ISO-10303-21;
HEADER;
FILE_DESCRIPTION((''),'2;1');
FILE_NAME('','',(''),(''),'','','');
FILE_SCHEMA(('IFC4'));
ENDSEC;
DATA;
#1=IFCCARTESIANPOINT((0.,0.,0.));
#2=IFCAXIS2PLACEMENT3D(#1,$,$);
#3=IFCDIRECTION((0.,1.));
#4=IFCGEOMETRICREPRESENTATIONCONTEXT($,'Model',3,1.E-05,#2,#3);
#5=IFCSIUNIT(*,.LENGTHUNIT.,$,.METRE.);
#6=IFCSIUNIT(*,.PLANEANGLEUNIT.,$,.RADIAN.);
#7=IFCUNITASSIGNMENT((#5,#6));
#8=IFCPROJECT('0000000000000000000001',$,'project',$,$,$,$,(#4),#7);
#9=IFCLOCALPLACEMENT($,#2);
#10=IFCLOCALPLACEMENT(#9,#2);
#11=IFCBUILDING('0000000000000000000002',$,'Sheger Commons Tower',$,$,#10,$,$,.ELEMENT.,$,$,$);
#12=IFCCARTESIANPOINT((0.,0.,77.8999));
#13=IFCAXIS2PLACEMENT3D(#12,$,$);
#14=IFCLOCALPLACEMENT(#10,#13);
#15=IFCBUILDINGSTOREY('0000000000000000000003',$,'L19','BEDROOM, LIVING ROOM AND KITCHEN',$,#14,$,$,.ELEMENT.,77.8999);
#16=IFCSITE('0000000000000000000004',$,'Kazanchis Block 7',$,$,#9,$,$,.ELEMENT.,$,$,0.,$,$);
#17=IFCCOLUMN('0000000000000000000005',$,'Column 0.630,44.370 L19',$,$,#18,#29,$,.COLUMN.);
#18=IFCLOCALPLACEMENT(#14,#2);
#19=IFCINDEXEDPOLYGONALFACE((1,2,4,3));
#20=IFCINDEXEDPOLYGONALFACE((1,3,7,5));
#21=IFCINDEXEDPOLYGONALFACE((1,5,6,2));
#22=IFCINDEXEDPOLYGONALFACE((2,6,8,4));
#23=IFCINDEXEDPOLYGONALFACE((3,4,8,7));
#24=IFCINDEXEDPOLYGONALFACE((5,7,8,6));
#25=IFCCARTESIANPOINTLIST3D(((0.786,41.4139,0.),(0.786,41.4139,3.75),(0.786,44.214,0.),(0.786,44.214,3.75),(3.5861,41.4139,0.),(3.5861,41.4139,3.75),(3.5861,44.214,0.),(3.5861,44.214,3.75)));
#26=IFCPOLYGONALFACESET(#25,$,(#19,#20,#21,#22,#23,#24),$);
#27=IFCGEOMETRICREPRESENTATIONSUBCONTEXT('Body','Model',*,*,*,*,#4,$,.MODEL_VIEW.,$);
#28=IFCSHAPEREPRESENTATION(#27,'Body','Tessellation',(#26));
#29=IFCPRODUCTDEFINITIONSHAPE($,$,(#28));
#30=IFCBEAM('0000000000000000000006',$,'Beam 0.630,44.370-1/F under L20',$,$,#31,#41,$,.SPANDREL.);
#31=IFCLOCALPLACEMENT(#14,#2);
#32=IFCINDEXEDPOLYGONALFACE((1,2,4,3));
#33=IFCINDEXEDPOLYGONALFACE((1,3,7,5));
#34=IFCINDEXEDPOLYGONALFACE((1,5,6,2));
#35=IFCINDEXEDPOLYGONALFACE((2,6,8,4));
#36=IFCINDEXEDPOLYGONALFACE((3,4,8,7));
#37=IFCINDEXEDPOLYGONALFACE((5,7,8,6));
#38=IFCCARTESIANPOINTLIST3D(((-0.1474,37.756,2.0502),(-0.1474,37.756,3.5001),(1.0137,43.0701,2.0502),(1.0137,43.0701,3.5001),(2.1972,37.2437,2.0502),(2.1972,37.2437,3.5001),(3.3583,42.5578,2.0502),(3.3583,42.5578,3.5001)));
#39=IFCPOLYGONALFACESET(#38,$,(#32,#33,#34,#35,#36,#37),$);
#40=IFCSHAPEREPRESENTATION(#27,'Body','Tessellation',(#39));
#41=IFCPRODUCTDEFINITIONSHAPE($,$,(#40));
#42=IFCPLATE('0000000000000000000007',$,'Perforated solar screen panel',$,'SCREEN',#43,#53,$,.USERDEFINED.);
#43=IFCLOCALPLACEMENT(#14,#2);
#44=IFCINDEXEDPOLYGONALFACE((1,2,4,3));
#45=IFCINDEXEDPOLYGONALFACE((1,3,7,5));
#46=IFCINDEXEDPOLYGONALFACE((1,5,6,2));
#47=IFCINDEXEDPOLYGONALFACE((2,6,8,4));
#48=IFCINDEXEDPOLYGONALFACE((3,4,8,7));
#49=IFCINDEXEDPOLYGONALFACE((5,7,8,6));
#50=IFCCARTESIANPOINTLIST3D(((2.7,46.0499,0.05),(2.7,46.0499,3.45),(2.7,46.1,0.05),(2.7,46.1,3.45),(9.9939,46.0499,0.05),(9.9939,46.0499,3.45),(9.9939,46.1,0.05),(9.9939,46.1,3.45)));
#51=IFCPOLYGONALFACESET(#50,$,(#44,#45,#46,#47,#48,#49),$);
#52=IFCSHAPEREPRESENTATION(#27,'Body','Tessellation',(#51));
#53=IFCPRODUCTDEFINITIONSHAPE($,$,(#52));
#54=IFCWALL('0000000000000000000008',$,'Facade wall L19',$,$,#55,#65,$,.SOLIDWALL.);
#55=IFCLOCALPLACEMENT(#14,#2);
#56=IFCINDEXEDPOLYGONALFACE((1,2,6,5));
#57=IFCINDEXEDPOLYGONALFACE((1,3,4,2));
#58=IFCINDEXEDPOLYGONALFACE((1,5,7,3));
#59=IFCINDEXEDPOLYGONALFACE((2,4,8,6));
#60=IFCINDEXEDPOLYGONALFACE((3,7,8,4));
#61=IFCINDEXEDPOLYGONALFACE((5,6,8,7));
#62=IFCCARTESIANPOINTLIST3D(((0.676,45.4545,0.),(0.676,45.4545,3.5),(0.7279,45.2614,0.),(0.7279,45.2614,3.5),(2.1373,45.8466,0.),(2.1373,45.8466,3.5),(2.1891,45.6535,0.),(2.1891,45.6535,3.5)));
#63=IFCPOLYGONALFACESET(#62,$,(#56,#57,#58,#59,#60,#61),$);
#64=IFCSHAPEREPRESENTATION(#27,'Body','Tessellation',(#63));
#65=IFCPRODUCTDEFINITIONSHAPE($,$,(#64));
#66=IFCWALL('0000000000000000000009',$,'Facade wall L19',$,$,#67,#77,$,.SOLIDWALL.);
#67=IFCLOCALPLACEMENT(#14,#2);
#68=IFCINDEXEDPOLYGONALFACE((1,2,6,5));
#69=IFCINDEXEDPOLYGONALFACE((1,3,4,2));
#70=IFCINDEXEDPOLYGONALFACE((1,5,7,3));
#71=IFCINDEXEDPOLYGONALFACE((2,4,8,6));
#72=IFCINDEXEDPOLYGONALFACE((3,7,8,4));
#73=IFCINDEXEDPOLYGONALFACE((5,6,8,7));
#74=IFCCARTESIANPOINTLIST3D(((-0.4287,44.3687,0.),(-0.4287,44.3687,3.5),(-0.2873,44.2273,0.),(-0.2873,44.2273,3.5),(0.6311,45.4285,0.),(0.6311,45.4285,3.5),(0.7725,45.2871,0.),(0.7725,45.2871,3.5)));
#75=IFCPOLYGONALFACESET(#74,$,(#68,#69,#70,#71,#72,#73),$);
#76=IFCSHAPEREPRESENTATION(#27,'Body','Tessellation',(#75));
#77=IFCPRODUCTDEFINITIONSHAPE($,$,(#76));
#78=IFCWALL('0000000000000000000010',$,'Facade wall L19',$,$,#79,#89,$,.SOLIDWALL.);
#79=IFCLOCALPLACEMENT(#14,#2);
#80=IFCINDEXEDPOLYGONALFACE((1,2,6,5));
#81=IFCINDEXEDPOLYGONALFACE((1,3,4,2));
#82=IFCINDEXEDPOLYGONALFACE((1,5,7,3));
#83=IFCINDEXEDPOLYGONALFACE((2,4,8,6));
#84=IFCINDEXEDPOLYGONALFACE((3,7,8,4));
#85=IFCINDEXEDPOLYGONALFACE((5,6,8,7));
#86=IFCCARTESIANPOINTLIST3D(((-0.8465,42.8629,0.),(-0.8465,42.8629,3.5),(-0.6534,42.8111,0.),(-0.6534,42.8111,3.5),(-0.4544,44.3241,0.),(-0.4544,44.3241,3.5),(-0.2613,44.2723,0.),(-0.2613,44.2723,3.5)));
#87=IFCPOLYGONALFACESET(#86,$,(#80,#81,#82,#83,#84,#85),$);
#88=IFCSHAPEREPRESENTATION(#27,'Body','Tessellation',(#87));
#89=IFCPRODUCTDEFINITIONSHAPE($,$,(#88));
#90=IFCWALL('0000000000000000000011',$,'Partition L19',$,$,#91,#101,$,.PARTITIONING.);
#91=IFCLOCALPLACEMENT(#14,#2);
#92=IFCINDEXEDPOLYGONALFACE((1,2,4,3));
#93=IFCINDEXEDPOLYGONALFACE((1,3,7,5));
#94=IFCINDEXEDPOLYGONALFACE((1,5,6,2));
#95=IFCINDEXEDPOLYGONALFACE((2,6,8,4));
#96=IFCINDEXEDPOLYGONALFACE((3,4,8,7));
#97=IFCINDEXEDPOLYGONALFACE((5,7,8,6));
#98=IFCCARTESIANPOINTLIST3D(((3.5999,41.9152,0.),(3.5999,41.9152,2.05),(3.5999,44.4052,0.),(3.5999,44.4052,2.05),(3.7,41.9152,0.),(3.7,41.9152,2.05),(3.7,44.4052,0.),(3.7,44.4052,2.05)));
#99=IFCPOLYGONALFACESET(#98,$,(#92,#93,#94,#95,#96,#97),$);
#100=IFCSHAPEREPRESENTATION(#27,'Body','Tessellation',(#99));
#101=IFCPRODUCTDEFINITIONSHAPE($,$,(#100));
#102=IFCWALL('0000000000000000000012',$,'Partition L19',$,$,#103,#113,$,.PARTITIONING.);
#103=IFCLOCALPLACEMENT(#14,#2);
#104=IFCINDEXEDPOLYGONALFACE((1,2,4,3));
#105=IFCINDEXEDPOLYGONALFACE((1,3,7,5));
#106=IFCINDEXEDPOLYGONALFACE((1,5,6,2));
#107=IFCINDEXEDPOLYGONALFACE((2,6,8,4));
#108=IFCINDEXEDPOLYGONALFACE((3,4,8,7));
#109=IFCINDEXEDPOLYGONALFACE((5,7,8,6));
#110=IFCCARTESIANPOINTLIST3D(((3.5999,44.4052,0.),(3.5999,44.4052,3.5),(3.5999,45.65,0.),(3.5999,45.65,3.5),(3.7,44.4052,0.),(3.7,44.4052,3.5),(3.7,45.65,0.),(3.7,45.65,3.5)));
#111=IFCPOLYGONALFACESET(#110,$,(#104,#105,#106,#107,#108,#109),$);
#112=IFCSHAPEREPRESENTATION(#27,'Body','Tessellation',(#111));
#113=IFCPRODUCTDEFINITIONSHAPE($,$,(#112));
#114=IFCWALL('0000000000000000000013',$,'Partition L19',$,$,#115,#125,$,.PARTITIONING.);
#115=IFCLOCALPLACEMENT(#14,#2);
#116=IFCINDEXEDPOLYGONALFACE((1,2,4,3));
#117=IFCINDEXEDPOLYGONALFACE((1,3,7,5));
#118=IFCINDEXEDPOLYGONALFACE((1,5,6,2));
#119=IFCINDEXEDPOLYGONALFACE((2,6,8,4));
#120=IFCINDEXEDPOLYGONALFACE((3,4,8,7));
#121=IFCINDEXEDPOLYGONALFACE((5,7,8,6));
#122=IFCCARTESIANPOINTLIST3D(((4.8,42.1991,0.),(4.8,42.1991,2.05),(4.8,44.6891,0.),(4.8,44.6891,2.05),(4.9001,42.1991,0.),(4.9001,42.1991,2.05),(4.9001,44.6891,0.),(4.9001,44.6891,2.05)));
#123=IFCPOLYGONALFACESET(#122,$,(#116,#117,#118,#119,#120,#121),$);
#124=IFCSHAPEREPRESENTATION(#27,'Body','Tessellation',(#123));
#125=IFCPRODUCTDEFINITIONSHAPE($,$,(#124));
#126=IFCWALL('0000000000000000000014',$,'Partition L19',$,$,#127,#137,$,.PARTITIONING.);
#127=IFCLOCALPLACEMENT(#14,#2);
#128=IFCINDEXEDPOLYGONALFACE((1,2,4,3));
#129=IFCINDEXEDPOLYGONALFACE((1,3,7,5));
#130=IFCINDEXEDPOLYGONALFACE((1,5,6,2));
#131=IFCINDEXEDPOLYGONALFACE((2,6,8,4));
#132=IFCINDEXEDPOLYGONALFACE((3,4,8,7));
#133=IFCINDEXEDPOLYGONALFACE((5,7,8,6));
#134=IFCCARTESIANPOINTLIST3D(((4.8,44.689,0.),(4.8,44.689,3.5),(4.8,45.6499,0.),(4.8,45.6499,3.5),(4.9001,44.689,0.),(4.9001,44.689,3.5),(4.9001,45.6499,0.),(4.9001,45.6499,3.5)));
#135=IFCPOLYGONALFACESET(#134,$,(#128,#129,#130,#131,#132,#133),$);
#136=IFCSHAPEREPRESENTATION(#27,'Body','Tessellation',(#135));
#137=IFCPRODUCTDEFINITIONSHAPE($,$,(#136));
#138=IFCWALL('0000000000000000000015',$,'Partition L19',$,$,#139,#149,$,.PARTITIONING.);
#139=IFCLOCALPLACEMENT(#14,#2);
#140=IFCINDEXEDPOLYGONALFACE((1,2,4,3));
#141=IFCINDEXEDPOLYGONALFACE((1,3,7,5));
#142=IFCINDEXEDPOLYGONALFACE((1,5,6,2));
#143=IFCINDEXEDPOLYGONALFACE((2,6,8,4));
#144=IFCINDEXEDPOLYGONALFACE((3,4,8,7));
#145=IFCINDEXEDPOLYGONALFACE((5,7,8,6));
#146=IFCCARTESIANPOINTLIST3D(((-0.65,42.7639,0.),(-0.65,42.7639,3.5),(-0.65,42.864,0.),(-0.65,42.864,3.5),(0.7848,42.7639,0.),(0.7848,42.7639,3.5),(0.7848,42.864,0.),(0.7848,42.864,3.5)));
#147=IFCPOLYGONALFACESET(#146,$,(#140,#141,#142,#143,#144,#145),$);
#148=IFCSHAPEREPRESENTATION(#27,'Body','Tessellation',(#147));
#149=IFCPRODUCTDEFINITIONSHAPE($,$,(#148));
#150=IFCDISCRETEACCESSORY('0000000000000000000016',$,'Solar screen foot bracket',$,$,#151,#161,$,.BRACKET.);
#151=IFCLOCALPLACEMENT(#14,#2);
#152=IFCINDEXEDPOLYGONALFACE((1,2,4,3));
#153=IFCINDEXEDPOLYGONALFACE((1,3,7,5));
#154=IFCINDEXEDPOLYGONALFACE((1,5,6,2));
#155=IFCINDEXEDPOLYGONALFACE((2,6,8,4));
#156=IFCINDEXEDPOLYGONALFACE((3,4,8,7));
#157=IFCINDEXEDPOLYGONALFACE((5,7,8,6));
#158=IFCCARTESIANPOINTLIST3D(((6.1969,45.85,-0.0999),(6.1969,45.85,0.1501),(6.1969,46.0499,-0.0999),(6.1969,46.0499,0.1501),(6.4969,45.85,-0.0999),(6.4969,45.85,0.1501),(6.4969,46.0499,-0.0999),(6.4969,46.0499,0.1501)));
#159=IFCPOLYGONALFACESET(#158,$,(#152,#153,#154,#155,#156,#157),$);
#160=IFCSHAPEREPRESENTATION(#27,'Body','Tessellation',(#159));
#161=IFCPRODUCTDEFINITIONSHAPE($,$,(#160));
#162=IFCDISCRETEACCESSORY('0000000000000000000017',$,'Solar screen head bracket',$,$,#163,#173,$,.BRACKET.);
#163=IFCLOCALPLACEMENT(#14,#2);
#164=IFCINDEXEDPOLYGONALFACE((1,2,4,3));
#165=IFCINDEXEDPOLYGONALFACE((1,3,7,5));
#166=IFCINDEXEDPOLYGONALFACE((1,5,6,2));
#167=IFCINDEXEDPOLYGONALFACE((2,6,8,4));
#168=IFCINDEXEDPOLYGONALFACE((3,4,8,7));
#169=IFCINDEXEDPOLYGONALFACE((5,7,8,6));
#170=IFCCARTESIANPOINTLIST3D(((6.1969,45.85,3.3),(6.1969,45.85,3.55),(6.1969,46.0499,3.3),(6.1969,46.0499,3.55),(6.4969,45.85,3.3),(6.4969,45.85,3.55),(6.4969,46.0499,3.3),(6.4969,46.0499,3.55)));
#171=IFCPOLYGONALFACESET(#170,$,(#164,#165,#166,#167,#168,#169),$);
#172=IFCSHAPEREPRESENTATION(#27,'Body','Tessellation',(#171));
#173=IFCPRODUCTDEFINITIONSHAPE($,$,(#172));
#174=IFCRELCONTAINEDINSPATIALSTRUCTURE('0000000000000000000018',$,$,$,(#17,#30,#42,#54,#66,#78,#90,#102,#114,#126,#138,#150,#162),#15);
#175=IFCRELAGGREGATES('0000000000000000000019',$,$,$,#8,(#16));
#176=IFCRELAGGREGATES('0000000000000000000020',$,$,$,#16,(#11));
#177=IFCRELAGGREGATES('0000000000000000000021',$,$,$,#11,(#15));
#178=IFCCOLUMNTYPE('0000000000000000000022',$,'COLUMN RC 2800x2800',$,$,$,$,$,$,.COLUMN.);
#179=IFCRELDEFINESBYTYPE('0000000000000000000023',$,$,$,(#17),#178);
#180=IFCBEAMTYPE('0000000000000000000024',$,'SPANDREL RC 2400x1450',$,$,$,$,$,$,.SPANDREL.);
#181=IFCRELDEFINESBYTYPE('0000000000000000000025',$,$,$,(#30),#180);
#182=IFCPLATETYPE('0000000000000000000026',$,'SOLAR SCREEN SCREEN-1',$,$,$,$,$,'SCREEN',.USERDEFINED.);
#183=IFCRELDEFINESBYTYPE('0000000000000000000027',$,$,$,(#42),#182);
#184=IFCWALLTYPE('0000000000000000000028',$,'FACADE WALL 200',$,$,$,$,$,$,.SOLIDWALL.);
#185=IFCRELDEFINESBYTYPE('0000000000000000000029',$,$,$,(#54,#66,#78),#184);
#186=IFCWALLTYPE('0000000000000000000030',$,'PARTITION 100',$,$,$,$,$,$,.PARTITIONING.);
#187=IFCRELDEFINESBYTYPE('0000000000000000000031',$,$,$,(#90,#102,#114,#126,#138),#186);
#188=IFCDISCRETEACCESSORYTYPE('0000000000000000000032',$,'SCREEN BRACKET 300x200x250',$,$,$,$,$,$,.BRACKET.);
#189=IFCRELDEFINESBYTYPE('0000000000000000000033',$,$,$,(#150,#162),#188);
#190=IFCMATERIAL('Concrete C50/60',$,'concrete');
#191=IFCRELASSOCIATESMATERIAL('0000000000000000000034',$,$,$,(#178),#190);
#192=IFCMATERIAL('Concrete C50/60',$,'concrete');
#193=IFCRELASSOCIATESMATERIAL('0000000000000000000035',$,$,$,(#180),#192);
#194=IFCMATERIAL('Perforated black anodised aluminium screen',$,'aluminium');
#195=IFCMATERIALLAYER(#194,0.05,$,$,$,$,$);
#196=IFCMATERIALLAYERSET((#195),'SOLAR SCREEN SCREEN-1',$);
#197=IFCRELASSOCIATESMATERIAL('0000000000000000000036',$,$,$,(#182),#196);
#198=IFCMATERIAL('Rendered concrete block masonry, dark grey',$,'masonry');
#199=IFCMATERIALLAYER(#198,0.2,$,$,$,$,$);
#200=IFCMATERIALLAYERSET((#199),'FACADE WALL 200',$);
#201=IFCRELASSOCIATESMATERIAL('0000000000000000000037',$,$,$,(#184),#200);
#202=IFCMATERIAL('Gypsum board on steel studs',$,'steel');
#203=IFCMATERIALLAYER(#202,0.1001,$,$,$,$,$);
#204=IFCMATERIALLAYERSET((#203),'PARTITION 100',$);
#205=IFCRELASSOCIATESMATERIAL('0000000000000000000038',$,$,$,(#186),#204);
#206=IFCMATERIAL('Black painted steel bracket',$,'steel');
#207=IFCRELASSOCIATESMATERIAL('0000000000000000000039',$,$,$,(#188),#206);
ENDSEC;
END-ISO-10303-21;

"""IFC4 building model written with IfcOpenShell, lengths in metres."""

from ifc_helpers import new_model, si_unit, direction, frame, frame_2d, origin, origin_2d, place, context, subcontext, project, spatial, rectangle, extrude, material, layer, layer_set, material_profile, profile_set, type_object, element, save


model = new_model("IFC4")

# Units and contexts
model_context = context("Model", 3, precision=1e-05, world=origin(), true_north=direction((0.0, 1.0)))
body_context = subcontext(model_context, "Body", "Model", "MODEL_VIEW")
ifc_project = project(units=[si_unit("LENGTHUNIT", "METRE"), si_unit("PLANEANGLEUNIT", "RADIAN")], contexts=[model_context])

# Site, building, storey
site_placement = place(None, origin())
site = spatial("IfcSite", under=ifc_project, at=site_placement, Name="Kazanchis Block 7", CompositionType="ELEMENT", RefElevation=0.0)
building_placement = place(site_placement, origin())
building = spatial("IfcBuilding", under=site, at=building_placement, Name="Sheger Commons Tower", CompositionType="ELEMENT")
storey_placement = place(building_placement, frame((0.0, 0.0, 77.8999)))
storey = spatial("IfcBuildingStorey", under=building, at=storey_placement, Name="L19", Description="BEDROOM, LIVING ROOM AND KITCHEN", CompositionType="ELEMENT", Elevation=77.8999)

# Column
ifc_material_1 = material(Name="Concrete C50/60", Category="concrete")
ifc_material_profile_1 = material_profile(ifc_material_1, rectangle(XDim=2.8, YDim=2.8, at=origin_2d()), Name="RC 2800x2800")
ifc_profile_set_1 = profile_set([ifc_material_profile_1], Name="Concrete C50/60")
column_type = type_object("IfcColumnType", Name="COLUMN RC 2800x2800", PredefinedType="COLUMN", material=ifc_profile_set_1)
column_placement = place(storey_placement, frame((2.186, 42.814, 0.0), z_axis=(0.0, 0.0, 1.0), x_axis=(1.0, 0.0, 0.0)))
element("IfcColumn", 1, at=column_placement, inside=storey, type_object=column_type, Name="Column 0.630,44.370 L19", PredefinedType="COLUMN", context=body_context, shape_type="SweptSolid", body=[
    extrude(rectangle(XDim=2.8, YDim=2.8, at=origin_2d()), origin(), (0.0, 0.0, 1.0), 3.75),
])

# Beam
ifc_material_2 = material(Name="Concrete C50/60", Category="concrete")
ifc_material_profile_2 = material_profile(ifc_material_2, rectangle(XDim=2.3999, YDim=1.45, at=origin_2d()), Name="RC 2400x1450")
ifc_profile_set_2 = profile_set([ifc_material_profile_2], Name="Concrete C50/60")
beam_type = type_object("IfcBeamType", Name="SPANDREL RC 2400x1450", PredefinedType="SPANDREL", material=ifc_profile_set_2)
beam_placement = place(storey_placement, frame((2.186, 42.814, 2.7751), z_axis=(-0.213469, -0.97695, 0.0), x_axis=(0.97695, -0.213469, 0.0)))
element("IfcBeam", 2, at=beam_placement, inside=storey, type_object=beam_type, Name="Beam 0.630,44.370-1/F under L20", PredefinedType="SPANDREL", context=body_context, shape_type="SweptSolid", body=[
    extrude(rectangle(XDim=2.3999, YDim=1.45, at=origin_2d()), origin(), (0.0, 0.0, 1.0), 5.4395),
])

# Plate
ifc_material_3 = material(Name="Perforated black anodised aluminium screen", Category="aluminium")
ifc_layer_1 = layer(ifc_material_3, 0.05)
ifc_layer_set_1 = layer_set([ifc_layer_1], Name="SOLAR SCREEN SCREEN-1")
plate_type = type_object("IfcPlateType", Name="SOLAR SCREEN SCREEN-1", ElementType="SCREEN", PredefinedType="USERDEFINED", material=ifc_layer_set_1)
plate_placement = place(storey_placement, frame((6.3469, 46.075, 0.05), z_axis=(0.0, 0.0, 1.0), x_axis=(-1.0, 0.0, 0.0)))
element("IfcPlate", 3, at=plate_placement, inside=storey, type_object=plate_type, Name="Perforated solar screen panel", ObjectType="SCREEN", PredefinedType="USERDEFINED", context=body_context, shape_type="SweptSolid", body=[
    extrude(rectangle(XDim=7.2939, YDim=0.05, at=origin_2d()), origin(), (0.0, 0.0, 1.0), 3.3999),
])

# Walls
ifc_material_4 = material(Name="Rendered concrete block masonry, dark grey", Category="masonry")
ifc_layer_2 = layer(ifc_material_4, 0.2)
ifc_layer_set_2 = layer_set([ifc_layer_2], Name="FACADE WALL 200")
wall_type_1 = type_object("IfcWallType", Name="FACADE WALL 200", PredefinedType="SOLIDWALL", material=ifc_layer_set_2)
wall_1_placement = place(storey_placement, frame((2.1631, 45.75, 0.0), z_axis=(0.0, 0.0, 1.0), x_axis=(-0.965832, -0.259169, 0.0)))
element("IfcWall", 4, at=wall_1_placement, inside=storey, type_object=wall_type_1, Name="Facade wall L19", PredefinedType="SOLIDWALL", context=body_context, shape_type="SweptSolid", body=[
    extrude(rectangle(XDim=1.5129, YDim=0.2, at=frame_2d((0.7563, 0.0))), origin(), (0.0, 0.0, 1.0), 3.5),
])
wall_2_placement = place(storey_placement, frame((0.7019, 45.3579, 0.0), z_axis=(0.0, 0.0, 1.0), x_axis=(-0.707107, -0.707107, 0.0)))
element("IfcWall", 5, at=wall_2_placement, inside=storey, type_object=wall_type_1, Name="Facade wall L19", PredefinedType="SOLIDWALL", context=body_context, shape_type="SweptSolid", body=[
    extrude(rectangle(XDim=1.4988, YDim=0.2, at=frame_2d((0.7495, 0.0))), origin(), (0.0, 0.0, 1.0), 3.5),
])
wall_3_placement = place(storey_placement, frame((-0.3579, 44.2981, 0.0), z_axis=(0.0, 0.0, 1.0), x_axis=(-0.259169, -0.965832, 0.0)))
element("IfcWall", 6, at=wall_3_placement, inside=storey, type_object=wall_type_1, Name="Facade wall L19", PredefinedType="SOLIDWALL", context=body_context, shape_type="SweptSolid", body=[
    extrude(rectangle(XDim=1.5129, YDim=0.2, at=frame_2d((0.7563, 0.0))), origin(), (0.0, 0.0, 1.0), 3.5),
])

# Walls
ifc_material_5 = material(Name="Gypsum board on steel studs", Category="steel")
ifc_layer_3 = layer(ifc_material_5, 0.1001)
ifc_layer_set_3 = layer_set([ifc_layer_3], Name="PARTITION 100")
wall_type_2 = type_object("IfcWallType", Name="PARTITION 100", PredefinedType="PARTITIONING", material=ifc_layer_set_3)
wall_4_placement = place(storey_placement, frame((3.6499, 41.915, 0.0), z_axis=(0.0, 0.0, 1.0), x_axis=(0.0, 1.0, 0.0)))
element("IfcWall", 7, at=wall_4_placement, inside=storey, type_object=wall_type_2, Name="Partition L19", PredefinedType="PARTITIONING", context=body_context, shape_type="SweptSolid", body=[
    extrude(rectangle(XDim=2.49, YDim=0.1001, at=frame_2d((1.2451, 0.0))), origin(), (0.0, 0.0, 1.0), 2.05),
])
wall_5_placement = place(storey_placement, frame((3.6499, 44.405, 0.0), z_axis=(0.0, 0.0, 1.0), x_axis=(0.0, 1.0, 0.0)))
element("IfcWall", 8, at=wall_5_placement, inside=storey, type_object=wall_type_2, Name="Partition L19", PredefinedType="PARTITIONING", context=body_context, shape_type="SweptSolid", body=[
    extrude(rectangle(XDim=1.2449, YDim=0.1001, at=frame_2d((0.6226, 0.0))), origin(), (0.0, 0.0, 1.0), 3.5),
])
wall_6_placement = place(storey_placement, frame((4.8501, 42.199, 0.0), z_axis=(0.0, 0.0, 1.0), x_axis=(0.0, 1.0, 0.0)))
element("IfcWall", 9, at=wall_6_placement, inside=storey, type_object=wall_type_2, Name="Partition L19", PredefinedType="PARTITIONING", context=body_context, shape_type="SweptSolid", body=[
    extrude(rectangle(XDim=2.49, YDim=0.1001, at=frame_2d((1.2451, 0.0))), origin(), (0.0, 0.0, 1.0), 2.05),
])
wall_7_placement = place(storey_placement, frame((4.8501, 44.689, 0.0), z_axis=(0.0, 0.0, 1.0), x_axis=(0.0, 1.0, 0.0)))
element("IfcWall", 10, at=wall_7_placement, inside=storey, type_object=wall_type_2, Name="Partition L19", PredefinedType="PARTITIONING", context=body_context, shape_type="SweptSolid", body=[
    extrude(rectangle(XDim=0.9609, YDim=0.1001, at=frame_2d((0.4805, 0.0))), origin(), (0.0, 0.0, 1.0), 3.5),
])
wall_8_placement = place(storey_placement, frame((-0.6499, 42.814, 0.0), z_axis=(0.0, 0.0, 1.0), x_axis=(1.0, 0.0, 0.0)))
element("IfcWall", 11, at=wall_8_placement, inside=storey, type_object=wall_type_2, Name="Partition L19", PredefinedType="PARTITIONING", context=body_context, shape_type="SweptSolid", body=[
    extrude(rectangle(XDim=1.4348, YDim=0.1001, at=frame_2d((0.7173, 0.0))), origin(), (0.0, 0.0, 1.0), 3.5),
])

# Discrete accessories
ifc_material_6 = material(Name="Black painted steel bracket", Category="steel")
discrete_accessory_type = type_object("IfcDiscreteAccessoryType", Name="SCREEN BRACKET 300x200x250", PredefinedType="BRACKET", material=ifc_material_6)
for number, where, z_axis, x_axis, name in (
    (12, (6.3469, 45.95, -0.0999), (0.0, 0.0, 1.0), (-1.0, 0.0, 0.0), "Solar screen foot bracket"),
    (13, (6.3469, 45.95, 3.3), (0.0, 0.0, 1.0), (-1.0, 0.0, 0.0), "Solar screen head bracket"),
):
    element("IfcDiscreteAccessory", number, at=place(storey_placement, frame(where, z_axis=z_axis, x_axis=x_axis)), inside=storey, type_object=discrete_accessory_type, Name=name, PredefinedType="BRACKET", context=body_context, shape_type="SweptSolid", body=[
        extrude(rectangle(XDim=0.3, YDim=0.2, at=origin_2d()), origin(), (0.0, 0.0, 1.0), 0.25),
    ])

save(model, "model.ifc")
